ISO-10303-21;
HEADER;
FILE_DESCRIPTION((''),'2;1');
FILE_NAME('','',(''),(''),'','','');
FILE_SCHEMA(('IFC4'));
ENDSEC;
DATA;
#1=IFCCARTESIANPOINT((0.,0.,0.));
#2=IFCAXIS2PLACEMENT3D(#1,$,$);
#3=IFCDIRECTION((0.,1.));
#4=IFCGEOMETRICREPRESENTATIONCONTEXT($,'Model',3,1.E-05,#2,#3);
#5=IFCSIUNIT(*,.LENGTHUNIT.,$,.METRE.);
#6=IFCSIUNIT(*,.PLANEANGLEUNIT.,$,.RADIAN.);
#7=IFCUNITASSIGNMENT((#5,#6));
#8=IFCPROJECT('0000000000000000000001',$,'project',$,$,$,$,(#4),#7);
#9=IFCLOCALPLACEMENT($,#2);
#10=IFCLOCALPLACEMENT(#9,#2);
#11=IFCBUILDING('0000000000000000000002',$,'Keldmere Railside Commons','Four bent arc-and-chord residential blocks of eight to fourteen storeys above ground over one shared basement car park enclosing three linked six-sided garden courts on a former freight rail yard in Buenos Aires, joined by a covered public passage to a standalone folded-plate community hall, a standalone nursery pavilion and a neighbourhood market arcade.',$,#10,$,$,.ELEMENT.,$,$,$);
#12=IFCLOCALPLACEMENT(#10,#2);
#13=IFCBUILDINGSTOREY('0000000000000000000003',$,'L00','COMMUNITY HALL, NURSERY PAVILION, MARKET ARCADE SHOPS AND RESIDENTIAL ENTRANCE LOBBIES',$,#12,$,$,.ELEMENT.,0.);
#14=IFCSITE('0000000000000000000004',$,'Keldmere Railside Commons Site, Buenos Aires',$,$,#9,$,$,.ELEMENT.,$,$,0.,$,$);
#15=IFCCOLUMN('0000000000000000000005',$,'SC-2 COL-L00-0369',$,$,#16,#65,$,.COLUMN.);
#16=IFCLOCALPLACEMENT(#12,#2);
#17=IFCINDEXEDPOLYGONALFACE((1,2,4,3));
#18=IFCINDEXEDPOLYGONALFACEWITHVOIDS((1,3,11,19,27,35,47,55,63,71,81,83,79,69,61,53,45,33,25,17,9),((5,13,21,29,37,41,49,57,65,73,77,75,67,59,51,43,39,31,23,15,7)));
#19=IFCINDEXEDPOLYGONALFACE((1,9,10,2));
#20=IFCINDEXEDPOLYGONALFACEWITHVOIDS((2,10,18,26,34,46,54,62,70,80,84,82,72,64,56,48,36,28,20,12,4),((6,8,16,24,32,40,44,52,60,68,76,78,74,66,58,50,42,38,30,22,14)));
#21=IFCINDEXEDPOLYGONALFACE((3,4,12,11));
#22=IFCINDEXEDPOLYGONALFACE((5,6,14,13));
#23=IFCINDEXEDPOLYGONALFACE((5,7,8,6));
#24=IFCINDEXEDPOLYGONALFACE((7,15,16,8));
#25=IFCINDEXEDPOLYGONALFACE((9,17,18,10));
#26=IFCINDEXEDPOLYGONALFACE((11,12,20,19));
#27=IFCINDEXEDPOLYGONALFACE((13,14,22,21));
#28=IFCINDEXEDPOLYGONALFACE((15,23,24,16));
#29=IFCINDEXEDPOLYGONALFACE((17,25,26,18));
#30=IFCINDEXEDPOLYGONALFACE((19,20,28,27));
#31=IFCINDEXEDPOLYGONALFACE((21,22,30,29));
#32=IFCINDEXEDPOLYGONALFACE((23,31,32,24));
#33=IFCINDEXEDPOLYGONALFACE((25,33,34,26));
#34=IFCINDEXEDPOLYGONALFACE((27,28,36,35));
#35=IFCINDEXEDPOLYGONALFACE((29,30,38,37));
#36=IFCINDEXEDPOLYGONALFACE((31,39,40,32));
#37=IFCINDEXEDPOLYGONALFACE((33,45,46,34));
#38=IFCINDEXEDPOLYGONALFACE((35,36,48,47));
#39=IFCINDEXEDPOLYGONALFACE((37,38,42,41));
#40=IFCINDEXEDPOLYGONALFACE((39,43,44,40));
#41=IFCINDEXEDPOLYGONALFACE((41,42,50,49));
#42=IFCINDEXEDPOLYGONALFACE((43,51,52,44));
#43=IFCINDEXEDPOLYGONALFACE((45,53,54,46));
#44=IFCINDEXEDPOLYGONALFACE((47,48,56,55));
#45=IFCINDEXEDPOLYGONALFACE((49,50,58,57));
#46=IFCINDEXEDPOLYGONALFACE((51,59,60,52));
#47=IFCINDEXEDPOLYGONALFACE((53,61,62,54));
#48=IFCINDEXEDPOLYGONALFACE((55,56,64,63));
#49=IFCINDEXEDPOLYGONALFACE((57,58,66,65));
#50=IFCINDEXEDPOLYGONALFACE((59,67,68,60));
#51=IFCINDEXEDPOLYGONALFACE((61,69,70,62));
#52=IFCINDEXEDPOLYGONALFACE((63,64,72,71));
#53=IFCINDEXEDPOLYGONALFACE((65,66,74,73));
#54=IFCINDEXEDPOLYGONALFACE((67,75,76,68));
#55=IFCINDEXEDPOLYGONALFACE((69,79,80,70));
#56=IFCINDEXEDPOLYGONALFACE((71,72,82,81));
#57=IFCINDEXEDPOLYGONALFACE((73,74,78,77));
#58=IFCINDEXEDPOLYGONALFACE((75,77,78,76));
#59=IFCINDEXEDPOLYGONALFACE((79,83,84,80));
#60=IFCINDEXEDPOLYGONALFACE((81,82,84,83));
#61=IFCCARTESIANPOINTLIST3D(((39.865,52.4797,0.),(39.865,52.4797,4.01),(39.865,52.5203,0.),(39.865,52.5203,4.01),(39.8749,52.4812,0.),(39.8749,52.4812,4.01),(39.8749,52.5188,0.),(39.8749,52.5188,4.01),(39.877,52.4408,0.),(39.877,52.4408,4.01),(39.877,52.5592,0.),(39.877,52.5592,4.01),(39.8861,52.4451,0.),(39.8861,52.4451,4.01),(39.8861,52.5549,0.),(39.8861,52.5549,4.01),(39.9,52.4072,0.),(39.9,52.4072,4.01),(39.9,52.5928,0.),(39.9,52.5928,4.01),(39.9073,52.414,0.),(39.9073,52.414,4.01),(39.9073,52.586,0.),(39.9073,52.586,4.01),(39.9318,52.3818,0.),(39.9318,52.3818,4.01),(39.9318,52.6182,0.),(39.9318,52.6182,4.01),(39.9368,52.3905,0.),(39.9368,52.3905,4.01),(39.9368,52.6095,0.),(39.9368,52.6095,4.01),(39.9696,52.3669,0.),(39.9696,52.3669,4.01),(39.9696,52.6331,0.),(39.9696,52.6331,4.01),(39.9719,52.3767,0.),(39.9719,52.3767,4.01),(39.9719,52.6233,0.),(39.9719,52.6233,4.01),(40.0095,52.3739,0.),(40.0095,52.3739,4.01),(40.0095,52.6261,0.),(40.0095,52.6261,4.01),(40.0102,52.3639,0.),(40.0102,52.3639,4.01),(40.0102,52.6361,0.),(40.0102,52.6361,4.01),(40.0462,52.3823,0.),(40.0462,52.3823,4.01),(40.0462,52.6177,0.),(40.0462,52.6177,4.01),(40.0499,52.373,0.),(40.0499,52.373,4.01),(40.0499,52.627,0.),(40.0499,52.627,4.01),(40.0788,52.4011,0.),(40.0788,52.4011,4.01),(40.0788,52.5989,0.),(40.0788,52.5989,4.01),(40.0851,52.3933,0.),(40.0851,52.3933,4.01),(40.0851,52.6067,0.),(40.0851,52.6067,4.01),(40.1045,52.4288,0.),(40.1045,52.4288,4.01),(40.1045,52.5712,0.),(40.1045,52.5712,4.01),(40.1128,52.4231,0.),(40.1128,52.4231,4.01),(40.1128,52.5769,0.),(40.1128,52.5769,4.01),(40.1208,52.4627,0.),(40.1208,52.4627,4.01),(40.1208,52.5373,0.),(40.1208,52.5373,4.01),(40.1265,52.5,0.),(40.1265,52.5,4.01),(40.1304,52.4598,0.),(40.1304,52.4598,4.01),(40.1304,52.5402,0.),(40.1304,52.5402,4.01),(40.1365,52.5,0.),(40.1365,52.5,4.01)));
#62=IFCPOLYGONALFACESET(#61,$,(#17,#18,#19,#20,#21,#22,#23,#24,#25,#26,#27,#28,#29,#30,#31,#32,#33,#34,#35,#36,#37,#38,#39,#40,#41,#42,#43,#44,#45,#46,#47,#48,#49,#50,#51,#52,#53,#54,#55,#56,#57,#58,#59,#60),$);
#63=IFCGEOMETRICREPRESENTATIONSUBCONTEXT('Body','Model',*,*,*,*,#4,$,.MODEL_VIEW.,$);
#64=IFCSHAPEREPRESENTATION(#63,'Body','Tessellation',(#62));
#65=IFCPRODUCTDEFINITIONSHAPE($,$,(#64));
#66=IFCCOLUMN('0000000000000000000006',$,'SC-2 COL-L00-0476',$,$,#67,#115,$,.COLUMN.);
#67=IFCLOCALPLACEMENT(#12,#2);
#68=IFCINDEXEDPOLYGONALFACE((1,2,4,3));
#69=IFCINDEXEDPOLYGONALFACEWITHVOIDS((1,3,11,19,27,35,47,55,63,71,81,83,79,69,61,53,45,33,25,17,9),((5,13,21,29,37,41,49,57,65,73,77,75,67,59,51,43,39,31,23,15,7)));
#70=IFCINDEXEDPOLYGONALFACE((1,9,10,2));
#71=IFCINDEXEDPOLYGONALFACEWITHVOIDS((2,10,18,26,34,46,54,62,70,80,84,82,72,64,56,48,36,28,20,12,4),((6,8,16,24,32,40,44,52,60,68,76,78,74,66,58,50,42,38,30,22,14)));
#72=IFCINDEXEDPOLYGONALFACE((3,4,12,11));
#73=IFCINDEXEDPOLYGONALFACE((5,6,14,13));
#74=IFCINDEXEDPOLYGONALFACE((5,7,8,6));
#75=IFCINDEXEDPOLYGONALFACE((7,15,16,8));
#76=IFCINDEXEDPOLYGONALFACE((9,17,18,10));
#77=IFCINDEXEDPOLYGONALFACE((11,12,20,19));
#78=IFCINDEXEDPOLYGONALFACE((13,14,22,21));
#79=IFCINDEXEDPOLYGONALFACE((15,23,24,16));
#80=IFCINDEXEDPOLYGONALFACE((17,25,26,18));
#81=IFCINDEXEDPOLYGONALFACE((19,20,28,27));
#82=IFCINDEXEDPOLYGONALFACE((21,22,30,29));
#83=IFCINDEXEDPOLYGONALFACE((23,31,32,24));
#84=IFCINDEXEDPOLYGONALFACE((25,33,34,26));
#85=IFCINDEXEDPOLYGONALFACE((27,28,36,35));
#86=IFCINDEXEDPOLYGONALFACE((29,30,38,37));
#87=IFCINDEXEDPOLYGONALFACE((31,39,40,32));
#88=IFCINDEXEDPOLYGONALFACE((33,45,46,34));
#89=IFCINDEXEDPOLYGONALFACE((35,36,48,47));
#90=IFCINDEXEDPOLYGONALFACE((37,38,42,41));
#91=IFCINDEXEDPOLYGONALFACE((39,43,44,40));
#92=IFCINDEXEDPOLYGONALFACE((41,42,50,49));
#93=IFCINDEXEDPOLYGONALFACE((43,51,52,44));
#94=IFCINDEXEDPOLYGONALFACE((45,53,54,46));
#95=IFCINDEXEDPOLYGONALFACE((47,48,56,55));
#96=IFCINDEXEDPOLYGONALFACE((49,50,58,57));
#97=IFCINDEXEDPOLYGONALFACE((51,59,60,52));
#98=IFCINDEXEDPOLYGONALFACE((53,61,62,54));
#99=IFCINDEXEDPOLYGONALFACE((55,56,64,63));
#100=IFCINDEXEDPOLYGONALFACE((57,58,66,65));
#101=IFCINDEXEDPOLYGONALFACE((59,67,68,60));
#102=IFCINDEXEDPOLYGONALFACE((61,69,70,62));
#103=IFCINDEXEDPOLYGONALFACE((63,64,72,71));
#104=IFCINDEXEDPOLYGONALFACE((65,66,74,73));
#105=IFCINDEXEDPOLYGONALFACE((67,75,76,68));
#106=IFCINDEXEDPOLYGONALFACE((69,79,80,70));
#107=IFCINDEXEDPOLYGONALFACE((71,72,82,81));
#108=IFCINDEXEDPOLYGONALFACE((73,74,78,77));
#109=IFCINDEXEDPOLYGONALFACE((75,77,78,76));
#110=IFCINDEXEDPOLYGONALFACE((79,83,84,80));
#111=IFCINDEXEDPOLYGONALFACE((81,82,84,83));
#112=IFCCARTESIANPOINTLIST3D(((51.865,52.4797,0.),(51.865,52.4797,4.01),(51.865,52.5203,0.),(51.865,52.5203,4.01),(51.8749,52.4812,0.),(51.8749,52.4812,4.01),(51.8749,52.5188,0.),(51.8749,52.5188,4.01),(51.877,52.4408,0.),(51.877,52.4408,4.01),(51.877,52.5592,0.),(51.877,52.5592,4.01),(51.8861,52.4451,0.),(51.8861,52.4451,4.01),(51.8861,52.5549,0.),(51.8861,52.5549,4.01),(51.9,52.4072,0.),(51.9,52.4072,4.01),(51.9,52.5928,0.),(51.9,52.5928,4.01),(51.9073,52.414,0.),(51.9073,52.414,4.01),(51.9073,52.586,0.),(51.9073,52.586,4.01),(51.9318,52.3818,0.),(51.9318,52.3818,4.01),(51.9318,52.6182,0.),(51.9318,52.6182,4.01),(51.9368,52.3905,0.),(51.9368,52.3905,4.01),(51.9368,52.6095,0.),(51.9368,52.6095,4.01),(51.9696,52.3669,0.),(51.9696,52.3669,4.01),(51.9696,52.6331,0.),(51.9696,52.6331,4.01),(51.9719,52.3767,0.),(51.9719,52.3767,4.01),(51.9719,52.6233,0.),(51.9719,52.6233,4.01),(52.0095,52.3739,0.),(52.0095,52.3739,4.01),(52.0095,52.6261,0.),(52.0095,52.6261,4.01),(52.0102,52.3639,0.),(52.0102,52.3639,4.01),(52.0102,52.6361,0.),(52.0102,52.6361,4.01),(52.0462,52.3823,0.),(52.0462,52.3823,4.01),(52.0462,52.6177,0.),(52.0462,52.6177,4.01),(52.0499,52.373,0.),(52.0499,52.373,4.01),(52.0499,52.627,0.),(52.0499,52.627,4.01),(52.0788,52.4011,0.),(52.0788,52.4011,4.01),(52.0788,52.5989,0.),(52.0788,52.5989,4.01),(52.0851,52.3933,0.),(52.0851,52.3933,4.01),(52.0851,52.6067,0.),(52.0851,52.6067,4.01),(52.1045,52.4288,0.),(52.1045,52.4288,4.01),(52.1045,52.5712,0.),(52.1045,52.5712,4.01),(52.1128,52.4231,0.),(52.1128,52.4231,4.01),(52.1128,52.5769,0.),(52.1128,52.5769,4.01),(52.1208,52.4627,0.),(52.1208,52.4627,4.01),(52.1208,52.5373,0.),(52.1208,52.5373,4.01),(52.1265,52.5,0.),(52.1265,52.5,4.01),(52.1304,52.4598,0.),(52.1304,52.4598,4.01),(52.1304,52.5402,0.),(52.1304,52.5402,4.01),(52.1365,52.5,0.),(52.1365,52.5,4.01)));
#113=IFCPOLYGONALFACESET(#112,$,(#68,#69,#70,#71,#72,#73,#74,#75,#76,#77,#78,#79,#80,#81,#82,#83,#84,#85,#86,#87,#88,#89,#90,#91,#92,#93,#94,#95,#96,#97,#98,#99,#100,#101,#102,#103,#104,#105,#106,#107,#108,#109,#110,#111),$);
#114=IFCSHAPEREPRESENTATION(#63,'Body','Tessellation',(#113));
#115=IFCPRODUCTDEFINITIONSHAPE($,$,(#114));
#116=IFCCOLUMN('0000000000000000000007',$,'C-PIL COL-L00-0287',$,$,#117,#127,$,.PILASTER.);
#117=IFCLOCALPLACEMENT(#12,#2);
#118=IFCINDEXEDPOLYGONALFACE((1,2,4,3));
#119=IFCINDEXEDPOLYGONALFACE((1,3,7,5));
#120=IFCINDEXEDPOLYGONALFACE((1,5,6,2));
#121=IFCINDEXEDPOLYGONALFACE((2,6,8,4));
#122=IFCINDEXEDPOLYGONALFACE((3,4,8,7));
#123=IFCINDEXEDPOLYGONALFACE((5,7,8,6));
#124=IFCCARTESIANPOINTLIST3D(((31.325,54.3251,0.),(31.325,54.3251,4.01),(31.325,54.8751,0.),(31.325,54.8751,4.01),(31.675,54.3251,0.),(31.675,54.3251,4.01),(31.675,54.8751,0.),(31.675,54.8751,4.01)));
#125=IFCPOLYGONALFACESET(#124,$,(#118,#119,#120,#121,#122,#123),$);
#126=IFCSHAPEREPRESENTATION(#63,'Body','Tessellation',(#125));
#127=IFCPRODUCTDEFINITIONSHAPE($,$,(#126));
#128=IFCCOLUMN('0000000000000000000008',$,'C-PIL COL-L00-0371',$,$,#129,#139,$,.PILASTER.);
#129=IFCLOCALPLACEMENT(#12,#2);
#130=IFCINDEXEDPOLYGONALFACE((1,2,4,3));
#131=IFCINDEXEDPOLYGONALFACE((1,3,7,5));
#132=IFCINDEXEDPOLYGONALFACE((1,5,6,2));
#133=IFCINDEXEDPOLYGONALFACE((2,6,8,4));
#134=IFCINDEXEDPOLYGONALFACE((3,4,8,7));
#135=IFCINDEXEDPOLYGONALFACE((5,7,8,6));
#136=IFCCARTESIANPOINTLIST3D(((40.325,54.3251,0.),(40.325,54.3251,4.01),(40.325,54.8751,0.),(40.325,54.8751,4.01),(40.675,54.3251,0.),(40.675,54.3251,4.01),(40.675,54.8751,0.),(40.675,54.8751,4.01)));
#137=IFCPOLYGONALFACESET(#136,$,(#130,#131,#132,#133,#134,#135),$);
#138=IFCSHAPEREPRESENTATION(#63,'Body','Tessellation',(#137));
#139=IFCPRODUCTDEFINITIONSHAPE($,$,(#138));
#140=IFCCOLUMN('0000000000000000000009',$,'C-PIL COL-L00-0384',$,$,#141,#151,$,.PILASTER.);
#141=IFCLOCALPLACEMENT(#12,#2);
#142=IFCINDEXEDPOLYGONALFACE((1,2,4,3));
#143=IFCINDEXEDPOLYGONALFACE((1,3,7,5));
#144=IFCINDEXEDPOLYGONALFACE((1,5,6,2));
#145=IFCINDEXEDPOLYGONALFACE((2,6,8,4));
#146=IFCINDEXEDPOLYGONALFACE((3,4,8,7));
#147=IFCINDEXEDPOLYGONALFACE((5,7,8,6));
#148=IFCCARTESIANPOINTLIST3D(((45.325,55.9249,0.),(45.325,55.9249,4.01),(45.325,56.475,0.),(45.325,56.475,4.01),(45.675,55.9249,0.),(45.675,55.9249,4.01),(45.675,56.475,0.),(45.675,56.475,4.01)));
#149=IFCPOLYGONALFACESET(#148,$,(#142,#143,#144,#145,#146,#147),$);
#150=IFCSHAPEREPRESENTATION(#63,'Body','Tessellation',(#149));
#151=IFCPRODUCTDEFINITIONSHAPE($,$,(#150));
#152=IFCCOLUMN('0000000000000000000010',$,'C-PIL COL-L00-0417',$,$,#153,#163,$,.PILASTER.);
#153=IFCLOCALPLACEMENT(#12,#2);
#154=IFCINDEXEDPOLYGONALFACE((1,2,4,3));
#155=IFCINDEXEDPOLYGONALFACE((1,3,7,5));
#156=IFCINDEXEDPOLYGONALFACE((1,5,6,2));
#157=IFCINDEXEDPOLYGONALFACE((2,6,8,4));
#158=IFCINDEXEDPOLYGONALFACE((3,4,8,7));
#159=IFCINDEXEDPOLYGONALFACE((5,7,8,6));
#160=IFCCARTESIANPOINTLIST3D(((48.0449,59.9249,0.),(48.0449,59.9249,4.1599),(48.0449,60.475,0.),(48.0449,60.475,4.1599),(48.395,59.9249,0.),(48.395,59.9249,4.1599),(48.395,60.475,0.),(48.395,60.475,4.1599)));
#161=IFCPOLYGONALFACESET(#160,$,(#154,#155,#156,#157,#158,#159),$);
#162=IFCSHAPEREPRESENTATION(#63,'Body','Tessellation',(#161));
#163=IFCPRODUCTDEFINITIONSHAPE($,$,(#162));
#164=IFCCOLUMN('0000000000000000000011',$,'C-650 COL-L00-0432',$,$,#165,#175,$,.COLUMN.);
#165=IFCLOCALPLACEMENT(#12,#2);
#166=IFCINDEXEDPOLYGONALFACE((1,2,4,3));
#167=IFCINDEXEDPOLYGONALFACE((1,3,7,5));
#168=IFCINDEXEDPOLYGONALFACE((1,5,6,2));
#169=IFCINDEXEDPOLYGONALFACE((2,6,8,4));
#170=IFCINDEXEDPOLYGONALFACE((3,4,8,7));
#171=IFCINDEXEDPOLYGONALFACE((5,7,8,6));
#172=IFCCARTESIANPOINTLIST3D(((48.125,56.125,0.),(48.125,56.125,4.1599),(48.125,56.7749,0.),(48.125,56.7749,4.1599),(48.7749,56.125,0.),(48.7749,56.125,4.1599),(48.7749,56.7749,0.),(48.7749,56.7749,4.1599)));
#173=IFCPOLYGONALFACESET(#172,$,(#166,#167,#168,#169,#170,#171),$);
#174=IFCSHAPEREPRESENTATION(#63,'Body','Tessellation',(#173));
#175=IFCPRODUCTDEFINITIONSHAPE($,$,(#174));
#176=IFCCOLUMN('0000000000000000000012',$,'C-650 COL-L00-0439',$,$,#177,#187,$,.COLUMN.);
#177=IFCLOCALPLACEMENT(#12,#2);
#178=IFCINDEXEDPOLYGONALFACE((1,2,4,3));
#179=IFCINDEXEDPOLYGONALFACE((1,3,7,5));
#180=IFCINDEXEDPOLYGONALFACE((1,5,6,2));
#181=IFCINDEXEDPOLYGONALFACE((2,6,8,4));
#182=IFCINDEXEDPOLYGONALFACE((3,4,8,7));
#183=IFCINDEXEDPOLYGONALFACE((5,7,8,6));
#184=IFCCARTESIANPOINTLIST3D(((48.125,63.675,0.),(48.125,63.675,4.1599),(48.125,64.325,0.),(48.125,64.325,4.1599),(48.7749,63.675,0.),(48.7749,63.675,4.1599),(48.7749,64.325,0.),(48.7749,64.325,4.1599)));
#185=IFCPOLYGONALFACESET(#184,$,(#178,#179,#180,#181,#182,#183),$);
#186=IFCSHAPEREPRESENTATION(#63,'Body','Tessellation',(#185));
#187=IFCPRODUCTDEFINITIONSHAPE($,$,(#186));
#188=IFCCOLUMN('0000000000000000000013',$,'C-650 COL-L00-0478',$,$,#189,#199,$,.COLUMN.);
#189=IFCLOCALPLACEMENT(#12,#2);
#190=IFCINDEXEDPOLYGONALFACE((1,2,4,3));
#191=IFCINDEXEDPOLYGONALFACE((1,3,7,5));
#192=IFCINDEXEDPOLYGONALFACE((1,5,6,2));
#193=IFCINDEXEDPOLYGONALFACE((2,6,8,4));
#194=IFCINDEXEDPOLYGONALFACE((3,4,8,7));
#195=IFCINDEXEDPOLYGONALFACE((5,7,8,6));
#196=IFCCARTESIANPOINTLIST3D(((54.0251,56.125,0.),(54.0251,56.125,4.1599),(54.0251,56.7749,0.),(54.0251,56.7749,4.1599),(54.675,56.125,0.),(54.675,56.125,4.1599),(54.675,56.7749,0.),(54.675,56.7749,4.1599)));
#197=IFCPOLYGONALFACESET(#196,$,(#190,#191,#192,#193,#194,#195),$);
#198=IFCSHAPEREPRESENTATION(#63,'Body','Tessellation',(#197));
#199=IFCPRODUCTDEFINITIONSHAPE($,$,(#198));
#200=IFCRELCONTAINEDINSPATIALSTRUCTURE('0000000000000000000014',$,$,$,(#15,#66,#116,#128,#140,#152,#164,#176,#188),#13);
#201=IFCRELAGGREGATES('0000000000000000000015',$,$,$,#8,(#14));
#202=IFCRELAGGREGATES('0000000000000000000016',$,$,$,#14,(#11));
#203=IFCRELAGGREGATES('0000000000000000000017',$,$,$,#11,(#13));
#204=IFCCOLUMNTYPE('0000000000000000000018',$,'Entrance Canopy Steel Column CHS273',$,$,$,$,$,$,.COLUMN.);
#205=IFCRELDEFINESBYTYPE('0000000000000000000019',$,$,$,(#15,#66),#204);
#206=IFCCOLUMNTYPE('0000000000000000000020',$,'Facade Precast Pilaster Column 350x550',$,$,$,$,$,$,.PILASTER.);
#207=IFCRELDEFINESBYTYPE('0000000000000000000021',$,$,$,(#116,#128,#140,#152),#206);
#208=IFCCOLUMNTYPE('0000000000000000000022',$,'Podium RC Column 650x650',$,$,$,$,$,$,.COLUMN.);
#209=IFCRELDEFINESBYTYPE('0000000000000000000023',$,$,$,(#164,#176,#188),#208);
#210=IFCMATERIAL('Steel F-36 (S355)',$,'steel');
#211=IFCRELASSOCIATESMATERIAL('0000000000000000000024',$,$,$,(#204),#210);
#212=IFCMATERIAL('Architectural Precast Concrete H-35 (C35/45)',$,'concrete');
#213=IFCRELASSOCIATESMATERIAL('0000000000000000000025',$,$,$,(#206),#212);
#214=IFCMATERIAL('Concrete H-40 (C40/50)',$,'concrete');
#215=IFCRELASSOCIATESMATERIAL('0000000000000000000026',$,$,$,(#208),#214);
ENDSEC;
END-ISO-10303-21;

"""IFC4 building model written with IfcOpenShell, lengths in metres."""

from ifc_helpers import new_model, si_unit, direction, frame, origin, origin_2d, place, context, subcontext, project, spatial, rectangle, hollow_circle, extrude, material, material_profile, profile_set, type_object, element, save


model = new_model("IFC4")

# Units and contexts
model_context = context("Model", 3, precision=1e-05, world=origin(), true_north=direction((0.0, 1.0)))
body_context = subcontext(model_context, "Body", "Model", "MODEL_VIEW")
ifc_project = project(units=[si_unit("LENGTHUNIT", "METRE"), si_unit("PLANEANGLEUNIT", "RADIAN")], contexts=[model_context])

# Site, building, storey
site_placement = place(None, origin())
site = spatial("IfcSite", under=ifc_project, at=site_placement, Name="Keldmere Railside Commons Site, Buenos Aires", CompositionType="ELEMENT", RefElevation=0.0)
building_placement = place(site_placement, origin())
building = spatial("IfcBuilding", under=site, at=building_placement, Name="Keldmere Railside Commons", Description="Four bent arc-and-chord residential blocks of eight to fourteen storeys above ground over one shared basement car park enclosing three linked six-sided garden courts on a former freight rail yard in Buenos Aires, joined by a covered public passage to a standalone folded-plate community hall, a standalone nursery pavilion and a neighbourhood market arcade.", CompositionType="ELEMENT")
storey_placement = place(building_placement, origin())
storey = spatial("IfcBuildingStorey", under=building, at=storey_placement, Name="L00", Description="COMMUNITY HALL, NURSERY PAVILION, MARKET ARCADE SHOPS AND RESIDENTIAL ENTRANCE LOBBIES", CompositionType="ELEMENT", Elevation=0.0)

# Columns
ifc_material_1 = material(Name="Steel F-36 (S355)", Category="steel")
ifc_material_profile_1 = material_profile(ifc_material_1, hollow_circle(Radius=0.1365, WallThickness=0.01, at=origin_2d()), Name="CHS-273x10")
ifc_profile_set_1 = profile_set([ifc_material_profile_1], Name="Steel F-36 (S355)")
column_type_1 = type_object("IfcColumnType", Name="Entrance Canopy Steel Column CHS273", PredefinedType="COLUMN", material=ifc_profile_set_1)
for number, where, z_axis, x_axis, name in (
    (1, (40.0, 52.5, 0.0), (0.0, 0.0, 1.0), (1.0, 0.0, 0.0), "SC-2 COL-L00-0369"),
    (2, (52.0, 52.5, 0.0), (0.0, 0.0, 1.0), (1.0, 0.0, 0.0), "SC-2 COL-L00-0476"),
):
    element("IfcColumn", number, at=place(storey_placement, frame(where, z_axis=z_axis, x_axis=x_axis)), inside=storey, type_object=column_type_1, Name=name, PredefinedType="COLUMN", context=body_context, shape_type="SweptSolid", body=[
        extrude(hollow_circle(Radius=0.1365, WallThickness=0.01, at=origin_2d()), origin(), (0.0, 0.0, 1.0), 4.01),
    ])
ifc_material_2 = material(Name="Architectural Precast Concrete H-35 (C35/45)", Category="concrete")
ifc_material_profile_2 = material_profile(ifc_material_2, rectangle(XDim=0.3501, YDim=0.55, at=origin_2d()), Name="RC-350x550")
ifc_profile_set_2 = profile_set([ifc_material_profile_2], Name="Architectural Precast Concrete H-35 (C35/45)")
column_type_2 = type_object("IfcColumnType", Name="Facade Precast Pilaster Column 350x550", PredefinedType="PILASTER", material=ifc_profile_set_2)
for number, where, z_axis, x_axis, name in (
    (3, (31.5, 54.6001, 0.0), (0.0, 0.0, 1.0), (1.0, 0.0, 0.0), "C-PIL COL-L00-0287"),
    (4, (40.5, 54.6001, 0.0), (0.0, 0.0, 1.0), (1.0, 0.0, 0.0), "C-PIL COL-L00-0371"),
    (5, (45.5, 56.2, 0.0), (0.0, 0.0, 1.0), (1.0, 0.0, 0.0), "C-PIL COL-L00-0384"),
):
    element("IfcColumn", number, at=place(storey_placement, frame(where, z_axis=z_axis, x_axis=x_axis)), inside=storey, type_object=column_type_2, Name=name, PredefinedType="PILASTER", context=body_context, shape_type="SweptSolid", body=[
        extrude(rectangle(XDim=0.3501, YDim=0.55, at=origin_2d()), origin(), (0.0, 0.0, 1.0), 4.01),
    ])
column_placement = place(storey_placement, frame((48.22, 60.2, 0.0), z_axis=(0.0, 0.0, 1.0), x_axis=(1.0, 0.0, 0.0)))
element("IfcColumn", 6, at=column_placement, inside=storey, type_object=column_type_2, Name="C-PIL COL-L00-0417", PredefinedType="PILASTER", context=body_context, shape_type="SweptSolid", body=[
    extrude(rectangle(XDim=0.3501, YDim=0.55, at=origin_2d()), origin(), (0.0, 0.0, 1.0), 4.1599),
])
ifc_material_3 = material(Name="Concrete H-40 (C40/50)", Category="concrete")
ifc_material_profile_3 = material_profile(ifc_material_3, rectangle(XDim=0.6499, YDim=0.6499, at=origin_2d()), Name="RC-650x650")
ifc_profile_set_3 = profile_set([ifc_material_profile_3], Name="Concrete H-40 (C40/50)")
column_type_3 = type_object("IfcColumnType", Name="Podium RC Column 650x650", PredefinedType="COLUMN", material=ifc_profile_set_3)
for number, where, z_axis, x_axis, name in (
    (7, (48.45, 56.45, 0.0), (0.0, 0.0, 1.0), (1.0, 0.0, 0.0), "C-650 COL-L00-0432"),
    (8, (48.45, 64.0, 0.0), (0.0, 0.0, 1.0), (1.0, 0.0, 0.0), "C-650 COL-L00-0439"),
    (9, (54.3501, 56.45, 0.0), (0.0, 0.0, 1.0), (1.0, 0.0, 0.0), "C-650 COL-L00-0478"),
):
    element("IfcColumn", number, at=place(storey_placement, frame(where, z_axis=z_axis, x_axis=x_axis)), inside=storey, type_object=column_type_3, Name=name, PredefinedType="COLUMN", context=body_context, shape_type="SweptSolid", body=[
        extrude(rectangle(XDim=0.6499, YDim=0.6499, at=origin_2d()), origin(), (0.0, 0.0, 1.0), 4.1599),
    ])

save(model, "model.ifc")
